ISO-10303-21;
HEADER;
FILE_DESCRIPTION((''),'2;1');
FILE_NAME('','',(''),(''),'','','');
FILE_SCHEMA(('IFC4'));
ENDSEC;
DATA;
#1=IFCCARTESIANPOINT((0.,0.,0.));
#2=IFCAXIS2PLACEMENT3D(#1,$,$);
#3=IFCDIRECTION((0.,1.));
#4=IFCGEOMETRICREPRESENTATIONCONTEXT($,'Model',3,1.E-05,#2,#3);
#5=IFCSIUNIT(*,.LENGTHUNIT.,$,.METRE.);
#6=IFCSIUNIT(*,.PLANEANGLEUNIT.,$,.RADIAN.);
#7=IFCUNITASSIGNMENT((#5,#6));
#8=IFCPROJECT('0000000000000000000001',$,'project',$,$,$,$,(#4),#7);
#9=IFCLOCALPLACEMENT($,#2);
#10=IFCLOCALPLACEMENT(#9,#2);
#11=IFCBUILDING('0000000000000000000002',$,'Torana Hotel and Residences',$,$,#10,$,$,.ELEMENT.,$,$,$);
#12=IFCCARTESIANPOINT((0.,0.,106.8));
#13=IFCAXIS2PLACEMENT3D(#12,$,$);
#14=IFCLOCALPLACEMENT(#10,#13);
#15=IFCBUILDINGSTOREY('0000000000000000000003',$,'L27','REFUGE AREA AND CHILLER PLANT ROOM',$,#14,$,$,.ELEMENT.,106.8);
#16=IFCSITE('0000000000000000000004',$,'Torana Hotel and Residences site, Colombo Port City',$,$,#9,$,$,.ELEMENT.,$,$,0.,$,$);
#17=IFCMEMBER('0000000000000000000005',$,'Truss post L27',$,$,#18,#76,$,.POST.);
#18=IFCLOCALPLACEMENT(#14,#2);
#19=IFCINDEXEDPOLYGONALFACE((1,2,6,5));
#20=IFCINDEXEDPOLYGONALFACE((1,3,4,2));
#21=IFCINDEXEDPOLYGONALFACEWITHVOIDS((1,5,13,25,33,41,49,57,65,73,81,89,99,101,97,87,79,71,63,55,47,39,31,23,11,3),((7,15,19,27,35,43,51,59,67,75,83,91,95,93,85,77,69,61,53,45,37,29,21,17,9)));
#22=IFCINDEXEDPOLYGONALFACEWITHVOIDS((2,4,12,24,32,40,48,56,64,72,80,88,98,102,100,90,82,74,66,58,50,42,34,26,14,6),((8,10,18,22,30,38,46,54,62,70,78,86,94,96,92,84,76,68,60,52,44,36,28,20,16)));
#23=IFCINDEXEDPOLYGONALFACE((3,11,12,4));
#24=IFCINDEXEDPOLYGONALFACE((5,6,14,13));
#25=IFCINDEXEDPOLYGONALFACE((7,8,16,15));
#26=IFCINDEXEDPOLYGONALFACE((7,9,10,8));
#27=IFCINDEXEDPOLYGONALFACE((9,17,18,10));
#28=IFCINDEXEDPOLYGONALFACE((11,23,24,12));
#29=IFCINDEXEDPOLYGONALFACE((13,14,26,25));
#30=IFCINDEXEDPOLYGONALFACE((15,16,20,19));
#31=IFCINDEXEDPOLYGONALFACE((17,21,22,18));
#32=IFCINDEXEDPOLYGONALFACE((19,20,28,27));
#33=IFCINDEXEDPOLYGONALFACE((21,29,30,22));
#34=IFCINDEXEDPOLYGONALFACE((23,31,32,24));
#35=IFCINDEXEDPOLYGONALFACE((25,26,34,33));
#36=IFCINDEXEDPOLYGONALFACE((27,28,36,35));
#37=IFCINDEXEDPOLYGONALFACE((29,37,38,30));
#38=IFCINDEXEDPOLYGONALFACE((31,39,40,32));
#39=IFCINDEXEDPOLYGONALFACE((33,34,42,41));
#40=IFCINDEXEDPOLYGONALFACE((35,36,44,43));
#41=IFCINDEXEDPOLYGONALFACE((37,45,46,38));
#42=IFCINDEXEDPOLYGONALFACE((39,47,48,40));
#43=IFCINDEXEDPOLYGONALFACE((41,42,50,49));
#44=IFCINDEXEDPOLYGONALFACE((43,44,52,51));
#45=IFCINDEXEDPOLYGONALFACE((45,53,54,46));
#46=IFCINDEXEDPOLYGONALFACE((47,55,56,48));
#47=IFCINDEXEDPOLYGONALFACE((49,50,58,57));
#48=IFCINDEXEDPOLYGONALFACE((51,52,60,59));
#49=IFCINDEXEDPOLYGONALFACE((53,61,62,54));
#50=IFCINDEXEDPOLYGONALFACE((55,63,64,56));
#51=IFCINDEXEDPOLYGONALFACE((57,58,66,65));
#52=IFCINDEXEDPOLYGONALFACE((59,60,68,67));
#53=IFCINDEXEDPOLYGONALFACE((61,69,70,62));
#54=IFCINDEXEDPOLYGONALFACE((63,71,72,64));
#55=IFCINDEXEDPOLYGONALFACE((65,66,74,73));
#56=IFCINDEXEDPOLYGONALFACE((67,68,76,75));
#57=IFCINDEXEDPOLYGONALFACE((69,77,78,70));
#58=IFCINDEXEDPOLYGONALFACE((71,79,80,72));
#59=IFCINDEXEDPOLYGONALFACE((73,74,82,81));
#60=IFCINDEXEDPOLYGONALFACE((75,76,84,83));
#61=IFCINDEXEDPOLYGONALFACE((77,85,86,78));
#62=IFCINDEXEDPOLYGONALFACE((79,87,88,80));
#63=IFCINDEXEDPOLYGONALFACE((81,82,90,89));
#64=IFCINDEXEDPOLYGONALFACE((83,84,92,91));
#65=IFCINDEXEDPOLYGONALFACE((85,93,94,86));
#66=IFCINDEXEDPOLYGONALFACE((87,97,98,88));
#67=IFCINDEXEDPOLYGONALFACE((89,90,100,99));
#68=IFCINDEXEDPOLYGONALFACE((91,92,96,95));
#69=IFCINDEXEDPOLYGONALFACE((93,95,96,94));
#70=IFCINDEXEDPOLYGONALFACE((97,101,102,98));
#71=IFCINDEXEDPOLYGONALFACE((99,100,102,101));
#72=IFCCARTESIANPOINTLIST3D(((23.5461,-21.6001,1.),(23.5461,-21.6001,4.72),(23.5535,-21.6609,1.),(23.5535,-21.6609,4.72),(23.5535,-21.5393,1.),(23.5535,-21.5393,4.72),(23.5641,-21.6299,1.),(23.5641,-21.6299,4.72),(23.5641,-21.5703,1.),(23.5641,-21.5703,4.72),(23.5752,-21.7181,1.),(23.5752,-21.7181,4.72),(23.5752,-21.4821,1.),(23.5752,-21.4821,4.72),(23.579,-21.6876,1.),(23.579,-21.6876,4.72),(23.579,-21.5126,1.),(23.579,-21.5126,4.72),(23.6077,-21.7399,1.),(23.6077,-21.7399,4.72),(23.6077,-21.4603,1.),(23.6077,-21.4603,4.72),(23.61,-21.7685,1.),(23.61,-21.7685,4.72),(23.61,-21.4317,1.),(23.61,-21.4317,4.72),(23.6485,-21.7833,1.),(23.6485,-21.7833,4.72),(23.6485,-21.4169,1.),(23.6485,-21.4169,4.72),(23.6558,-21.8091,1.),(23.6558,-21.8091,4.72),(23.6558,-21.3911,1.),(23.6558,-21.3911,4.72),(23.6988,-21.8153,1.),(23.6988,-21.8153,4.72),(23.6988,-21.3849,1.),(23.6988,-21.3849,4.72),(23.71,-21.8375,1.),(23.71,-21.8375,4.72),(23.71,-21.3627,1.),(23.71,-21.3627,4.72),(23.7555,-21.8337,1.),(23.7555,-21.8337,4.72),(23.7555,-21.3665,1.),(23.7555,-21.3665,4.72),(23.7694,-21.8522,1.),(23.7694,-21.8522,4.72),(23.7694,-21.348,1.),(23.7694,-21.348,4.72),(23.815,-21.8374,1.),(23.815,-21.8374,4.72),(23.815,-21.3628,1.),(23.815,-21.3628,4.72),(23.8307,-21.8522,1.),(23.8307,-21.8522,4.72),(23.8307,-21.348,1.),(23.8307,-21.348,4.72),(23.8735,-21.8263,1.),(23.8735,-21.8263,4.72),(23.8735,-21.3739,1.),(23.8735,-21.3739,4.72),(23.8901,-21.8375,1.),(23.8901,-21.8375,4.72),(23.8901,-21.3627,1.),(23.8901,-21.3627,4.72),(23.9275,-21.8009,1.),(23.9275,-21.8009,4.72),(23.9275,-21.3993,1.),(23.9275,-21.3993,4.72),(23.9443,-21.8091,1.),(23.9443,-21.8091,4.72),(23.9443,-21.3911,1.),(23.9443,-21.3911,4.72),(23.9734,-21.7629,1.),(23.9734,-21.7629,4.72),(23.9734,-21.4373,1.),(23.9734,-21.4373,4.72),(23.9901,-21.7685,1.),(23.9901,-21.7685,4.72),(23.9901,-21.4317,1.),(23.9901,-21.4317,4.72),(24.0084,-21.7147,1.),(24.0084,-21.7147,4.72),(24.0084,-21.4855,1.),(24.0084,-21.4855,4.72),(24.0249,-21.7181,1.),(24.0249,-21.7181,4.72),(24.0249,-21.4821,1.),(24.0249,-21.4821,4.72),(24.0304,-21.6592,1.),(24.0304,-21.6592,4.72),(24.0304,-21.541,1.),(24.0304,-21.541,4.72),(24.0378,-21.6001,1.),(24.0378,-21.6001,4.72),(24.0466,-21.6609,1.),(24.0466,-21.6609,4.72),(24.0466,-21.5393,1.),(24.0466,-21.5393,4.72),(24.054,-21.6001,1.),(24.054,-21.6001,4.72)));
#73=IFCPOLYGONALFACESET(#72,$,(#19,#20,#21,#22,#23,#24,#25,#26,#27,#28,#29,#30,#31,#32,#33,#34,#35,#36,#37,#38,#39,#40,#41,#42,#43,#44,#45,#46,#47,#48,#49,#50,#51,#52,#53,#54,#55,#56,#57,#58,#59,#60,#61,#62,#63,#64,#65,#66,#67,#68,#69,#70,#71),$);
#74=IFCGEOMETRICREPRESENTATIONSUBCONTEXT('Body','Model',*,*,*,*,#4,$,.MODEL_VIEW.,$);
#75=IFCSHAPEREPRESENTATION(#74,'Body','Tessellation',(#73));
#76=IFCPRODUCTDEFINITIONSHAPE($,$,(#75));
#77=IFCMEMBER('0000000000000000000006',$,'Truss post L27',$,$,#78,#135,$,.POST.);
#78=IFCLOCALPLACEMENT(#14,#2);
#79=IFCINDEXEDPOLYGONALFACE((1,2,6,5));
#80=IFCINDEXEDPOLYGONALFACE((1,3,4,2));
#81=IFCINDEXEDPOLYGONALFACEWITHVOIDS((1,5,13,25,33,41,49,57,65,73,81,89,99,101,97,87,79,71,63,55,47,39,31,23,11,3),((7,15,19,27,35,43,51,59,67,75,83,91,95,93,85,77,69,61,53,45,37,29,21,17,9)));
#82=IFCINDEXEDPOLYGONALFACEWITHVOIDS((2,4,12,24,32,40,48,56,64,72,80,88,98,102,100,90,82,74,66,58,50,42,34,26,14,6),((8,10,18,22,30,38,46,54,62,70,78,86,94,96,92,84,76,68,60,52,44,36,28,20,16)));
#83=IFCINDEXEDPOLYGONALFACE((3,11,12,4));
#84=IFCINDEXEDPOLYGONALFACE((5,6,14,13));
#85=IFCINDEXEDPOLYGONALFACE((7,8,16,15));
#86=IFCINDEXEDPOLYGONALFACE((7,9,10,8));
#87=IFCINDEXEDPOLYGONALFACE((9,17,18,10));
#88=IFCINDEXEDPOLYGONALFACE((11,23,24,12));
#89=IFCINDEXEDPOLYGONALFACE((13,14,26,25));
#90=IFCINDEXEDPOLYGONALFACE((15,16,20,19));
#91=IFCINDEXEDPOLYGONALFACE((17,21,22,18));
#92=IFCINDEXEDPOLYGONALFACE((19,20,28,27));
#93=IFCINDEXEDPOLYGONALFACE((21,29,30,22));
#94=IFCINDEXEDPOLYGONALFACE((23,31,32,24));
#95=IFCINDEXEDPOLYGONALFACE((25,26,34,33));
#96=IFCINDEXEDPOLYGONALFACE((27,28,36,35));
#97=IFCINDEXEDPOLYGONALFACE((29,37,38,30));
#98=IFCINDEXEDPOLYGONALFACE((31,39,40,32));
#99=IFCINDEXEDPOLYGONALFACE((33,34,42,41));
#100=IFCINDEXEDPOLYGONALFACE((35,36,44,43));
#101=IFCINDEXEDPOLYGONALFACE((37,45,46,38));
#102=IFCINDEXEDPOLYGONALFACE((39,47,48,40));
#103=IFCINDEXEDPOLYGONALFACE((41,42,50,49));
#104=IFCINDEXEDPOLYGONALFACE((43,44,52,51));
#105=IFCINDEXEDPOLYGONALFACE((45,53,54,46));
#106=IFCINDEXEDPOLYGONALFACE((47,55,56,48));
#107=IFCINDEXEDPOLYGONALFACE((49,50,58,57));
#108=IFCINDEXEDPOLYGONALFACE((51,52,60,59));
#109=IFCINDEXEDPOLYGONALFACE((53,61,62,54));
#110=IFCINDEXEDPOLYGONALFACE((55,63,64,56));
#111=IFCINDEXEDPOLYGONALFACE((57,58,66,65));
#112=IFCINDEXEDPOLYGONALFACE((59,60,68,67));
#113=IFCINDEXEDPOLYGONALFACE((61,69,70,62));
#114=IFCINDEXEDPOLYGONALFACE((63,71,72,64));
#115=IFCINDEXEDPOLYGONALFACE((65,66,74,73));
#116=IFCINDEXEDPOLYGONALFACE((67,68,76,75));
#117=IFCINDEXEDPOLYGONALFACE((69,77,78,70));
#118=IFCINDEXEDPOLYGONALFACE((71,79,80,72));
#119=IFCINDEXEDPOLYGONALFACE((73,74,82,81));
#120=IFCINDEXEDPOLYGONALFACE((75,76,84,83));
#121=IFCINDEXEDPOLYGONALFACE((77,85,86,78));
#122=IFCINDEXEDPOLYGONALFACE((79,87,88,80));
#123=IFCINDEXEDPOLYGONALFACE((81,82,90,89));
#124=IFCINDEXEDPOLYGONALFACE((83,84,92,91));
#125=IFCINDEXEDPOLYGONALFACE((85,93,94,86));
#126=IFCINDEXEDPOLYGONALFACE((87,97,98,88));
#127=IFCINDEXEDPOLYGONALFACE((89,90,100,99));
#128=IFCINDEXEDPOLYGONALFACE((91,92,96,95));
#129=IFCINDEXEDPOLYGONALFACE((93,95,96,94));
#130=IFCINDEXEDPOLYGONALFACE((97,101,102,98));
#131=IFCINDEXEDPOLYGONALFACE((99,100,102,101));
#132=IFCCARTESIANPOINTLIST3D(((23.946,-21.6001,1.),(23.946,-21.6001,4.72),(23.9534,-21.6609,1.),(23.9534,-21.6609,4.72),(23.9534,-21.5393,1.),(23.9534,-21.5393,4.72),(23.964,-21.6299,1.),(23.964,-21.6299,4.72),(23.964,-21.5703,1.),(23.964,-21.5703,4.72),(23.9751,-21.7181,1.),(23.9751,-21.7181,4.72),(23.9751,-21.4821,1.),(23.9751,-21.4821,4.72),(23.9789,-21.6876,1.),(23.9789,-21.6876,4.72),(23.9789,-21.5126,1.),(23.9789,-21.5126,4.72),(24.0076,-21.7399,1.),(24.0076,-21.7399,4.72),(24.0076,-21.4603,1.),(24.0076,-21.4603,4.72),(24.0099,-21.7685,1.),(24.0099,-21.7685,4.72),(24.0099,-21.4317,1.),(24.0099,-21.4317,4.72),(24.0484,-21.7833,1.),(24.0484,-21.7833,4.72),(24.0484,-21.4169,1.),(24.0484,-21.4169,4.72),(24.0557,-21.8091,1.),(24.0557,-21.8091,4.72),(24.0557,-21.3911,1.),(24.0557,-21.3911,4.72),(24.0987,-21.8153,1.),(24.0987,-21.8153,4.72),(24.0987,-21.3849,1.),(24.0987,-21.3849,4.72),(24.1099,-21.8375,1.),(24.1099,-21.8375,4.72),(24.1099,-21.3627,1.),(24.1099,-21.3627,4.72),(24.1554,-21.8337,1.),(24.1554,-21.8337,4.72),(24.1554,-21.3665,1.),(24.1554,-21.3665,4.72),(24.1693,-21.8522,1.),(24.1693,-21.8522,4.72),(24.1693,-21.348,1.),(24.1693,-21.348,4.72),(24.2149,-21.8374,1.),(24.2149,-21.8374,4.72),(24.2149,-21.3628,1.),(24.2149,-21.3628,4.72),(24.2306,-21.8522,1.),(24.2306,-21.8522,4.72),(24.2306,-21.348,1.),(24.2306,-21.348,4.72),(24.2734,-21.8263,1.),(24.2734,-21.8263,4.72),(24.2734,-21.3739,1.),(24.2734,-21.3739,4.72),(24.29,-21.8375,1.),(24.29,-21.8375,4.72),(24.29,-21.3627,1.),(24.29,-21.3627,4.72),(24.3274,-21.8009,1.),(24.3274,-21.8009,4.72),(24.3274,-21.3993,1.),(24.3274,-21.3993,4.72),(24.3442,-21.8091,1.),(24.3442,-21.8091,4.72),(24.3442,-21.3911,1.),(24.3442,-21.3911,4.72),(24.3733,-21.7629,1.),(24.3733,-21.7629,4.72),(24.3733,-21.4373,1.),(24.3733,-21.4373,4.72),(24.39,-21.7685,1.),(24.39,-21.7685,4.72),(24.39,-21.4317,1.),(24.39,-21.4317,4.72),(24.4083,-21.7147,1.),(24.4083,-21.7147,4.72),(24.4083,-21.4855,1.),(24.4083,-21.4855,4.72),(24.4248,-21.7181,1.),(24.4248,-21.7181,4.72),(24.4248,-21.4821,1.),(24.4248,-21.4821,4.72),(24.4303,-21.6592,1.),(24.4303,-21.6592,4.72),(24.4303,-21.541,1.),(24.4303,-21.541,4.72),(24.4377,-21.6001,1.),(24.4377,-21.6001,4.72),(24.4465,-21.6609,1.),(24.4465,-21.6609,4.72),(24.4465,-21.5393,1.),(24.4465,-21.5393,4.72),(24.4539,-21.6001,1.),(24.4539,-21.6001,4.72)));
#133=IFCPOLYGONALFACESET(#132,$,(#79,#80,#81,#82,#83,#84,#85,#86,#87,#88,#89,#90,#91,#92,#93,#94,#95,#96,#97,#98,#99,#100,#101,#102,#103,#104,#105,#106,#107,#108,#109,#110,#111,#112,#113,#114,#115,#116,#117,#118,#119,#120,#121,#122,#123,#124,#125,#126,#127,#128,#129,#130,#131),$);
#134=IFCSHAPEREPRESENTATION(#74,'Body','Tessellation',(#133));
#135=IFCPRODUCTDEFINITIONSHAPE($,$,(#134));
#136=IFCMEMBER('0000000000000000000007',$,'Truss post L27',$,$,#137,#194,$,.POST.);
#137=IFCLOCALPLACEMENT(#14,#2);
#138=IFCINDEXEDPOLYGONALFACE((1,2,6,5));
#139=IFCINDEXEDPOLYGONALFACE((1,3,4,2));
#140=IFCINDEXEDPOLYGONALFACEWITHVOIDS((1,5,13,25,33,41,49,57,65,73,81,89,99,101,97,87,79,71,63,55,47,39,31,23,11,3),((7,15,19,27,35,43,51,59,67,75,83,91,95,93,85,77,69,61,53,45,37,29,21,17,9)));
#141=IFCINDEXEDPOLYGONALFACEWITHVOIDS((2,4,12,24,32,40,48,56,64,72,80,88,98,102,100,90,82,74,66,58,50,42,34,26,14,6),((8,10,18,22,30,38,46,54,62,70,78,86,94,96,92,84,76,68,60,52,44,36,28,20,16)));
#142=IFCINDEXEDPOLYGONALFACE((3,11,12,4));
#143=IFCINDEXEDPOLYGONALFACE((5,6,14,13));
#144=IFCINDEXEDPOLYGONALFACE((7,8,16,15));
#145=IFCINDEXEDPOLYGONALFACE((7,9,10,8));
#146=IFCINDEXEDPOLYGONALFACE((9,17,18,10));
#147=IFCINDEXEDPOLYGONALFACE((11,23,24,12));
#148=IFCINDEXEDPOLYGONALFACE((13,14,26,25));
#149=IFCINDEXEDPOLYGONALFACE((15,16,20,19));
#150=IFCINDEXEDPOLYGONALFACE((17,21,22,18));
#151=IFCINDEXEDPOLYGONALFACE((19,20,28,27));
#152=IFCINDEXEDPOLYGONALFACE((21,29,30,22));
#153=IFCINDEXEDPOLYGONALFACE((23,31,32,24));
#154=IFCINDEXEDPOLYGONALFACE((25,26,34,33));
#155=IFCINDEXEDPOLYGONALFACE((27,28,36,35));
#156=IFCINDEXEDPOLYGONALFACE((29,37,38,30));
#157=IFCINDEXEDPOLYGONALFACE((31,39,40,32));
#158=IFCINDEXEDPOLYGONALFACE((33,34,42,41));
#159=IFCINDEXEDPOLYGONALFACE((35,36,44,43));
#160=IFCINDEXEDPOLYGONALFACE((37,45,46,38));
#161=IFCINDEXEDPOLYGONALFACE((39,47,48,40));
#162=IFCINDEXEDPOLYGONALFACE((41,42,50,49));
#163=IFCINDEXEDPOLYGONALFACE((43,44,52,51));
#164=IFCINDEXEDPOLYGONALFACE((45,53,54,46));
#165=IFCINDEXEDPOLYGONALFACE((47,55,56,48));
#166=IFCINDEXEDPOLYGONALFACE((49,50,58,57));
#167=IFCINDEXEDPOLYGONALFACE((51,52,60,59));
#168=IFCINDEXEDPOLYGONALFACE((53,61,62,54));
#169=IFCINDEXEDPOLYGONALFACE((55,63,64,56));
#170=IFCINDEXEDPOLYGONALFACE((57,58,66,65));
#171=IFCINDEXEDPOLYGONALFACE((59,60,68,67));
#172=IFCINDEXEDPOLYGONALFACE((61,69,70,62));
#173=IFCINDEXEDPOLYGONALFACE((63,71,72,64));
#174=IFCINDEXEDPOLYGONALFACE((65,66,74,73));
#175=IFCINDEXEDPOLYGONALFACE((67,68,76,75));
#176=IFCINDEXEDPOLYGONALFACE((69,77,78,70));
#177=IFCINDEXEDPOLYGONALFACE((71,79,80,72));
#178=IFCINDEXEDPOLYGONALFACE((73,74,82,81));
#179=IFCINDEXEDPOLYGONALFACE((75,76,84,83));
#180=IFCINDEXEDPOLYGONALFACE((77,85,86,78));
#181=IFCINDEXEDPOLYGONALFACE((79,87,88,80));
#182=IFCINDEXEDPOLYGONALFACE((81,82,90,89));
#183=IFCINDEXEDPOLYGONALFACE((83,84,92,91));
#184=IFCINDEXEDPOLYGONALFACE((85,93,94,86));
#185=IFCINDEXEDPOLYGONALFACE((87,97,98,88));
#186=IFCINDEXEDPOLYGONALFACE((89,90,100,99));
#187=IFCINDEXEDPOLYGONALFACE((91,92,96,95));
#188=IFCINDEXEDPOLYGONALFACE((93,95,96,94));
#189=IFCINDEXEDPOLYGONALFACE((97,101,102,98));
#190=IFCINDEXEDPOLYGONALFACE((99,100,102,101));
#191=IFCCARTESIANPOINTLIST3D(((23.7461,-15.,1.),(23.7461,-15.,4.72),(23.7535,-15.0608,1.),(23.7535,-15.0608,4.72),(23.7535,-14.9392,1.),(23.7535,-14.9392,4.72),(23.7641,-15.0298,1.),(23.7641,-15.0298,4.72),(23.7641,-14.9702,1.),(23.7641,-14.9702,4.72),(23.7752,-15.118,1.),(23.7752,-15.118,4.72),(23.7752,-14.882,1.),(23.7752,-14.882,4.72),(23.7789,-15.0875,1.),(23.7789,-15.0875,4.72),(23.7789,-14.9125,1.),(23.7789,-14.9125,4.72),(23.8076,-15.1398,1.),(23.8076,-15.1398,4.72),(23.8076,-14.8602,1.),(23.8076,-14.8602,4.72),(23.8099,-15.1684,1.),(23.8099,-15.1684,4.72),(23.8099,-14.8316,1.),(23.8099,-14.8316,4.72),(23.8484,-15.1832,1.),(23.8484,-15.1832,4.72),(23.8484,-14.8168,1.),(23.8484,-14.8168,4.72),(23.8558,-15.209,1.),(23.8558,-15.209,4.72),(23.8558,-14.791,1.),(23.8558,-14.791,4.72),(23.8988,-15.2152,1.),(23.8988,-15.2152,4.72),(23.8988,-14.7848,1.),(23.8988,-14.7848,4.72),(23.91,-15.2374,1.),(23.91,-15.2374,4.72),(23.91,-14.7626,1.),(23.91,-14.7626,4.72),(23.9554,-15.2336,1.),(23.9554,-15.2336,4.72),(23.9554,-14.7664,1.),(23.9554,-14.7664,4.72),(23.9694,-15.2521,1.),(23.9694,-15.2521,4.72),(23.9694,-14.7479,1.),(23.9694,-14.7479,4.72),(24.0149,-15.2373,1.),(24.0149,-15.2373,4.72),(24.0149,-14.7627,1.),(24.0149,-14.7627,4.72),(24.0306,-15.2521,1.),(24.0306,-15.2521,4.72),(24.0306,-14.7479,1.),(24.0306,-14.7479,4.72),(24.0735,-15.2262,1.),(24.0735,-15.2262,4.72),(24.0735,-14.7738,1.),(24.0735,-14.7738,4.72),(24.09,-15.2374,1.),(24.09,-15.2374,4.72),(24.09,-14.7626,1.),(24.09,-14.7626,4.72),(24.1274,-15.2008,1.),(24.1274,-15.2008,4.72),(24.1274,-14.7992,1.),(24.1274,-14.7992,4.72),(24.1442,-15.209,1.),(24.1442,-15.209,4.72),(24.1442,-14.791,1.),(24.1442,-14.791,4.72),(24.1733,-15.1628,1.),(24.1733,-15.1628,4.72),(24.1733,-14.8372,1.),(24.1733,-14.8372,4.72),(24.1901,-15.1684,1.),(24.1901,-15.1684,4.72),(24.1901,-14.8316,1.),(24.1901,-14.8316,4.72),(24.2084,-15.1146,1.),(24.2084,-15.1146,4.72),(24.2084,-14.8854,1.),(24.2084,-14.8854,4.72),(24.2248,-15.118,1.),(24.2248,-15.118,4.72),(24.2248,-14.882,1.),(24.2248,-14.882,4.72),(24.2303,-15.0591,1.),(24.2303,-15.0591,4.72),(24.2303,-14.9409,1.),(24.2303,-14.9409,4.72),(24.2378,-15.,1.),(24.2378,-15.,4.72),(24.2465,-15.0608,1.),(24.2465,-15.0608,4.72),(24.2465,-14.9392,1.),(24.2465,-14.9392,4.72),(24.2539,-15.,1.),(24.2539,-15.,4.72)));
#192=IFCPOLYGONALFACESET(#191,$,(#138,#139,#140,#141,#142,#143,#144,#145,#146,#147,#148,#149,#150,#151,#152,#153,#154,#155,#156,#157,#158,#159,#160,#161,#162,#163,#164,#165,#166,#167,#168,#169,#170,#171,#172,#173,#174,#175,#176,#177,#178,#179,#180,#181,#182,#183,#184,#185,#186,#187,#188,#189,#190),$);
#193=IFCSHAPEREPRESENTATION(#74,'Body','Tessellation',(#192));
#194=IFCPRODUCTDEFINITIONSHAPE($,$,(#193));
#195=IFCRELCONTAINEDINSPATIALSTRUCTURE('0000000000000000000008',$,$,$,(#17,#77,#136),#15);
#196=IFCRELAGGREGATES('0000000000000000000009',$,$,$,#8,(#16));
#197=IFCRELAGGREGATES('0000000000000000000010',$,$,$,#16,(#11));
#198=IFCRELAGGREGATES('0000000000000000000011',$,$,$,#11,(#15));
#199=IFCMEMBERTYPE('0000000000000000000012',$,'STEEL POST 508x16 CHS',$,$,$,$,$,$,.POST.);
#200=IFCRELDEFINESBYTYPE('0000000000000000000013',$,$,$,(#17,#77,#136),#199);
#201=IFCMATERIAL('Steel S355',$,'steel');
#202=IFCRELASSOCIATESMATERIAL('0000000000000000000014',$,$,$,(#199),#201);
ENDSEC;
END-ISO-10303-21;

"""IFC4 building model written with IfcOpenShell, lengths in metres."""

from ifc_helpers import new_model, si_unit, direction, frame, origin, origin_2d, place, context, subcontext, project, spatial, hollow_circle, extrude, material, material_profile, profile_set, type_object, element, save


model = new_model("IFC4")

# Units and contexts
model_context = context("Model", 3, precision=1e-05, world=origin(), true_north=direction((0.0, 1.0)))
body_context = subcontext(model_context, "Body", "Model", "MODEL_VIEW")
ifc_project = project(units=[si_unit("LENGTHUNIT", "METRE"), si_unit("PLANEANGLEUNIT", "RADIAN")], contexts=[model_context])

# Site, building, storey
site_placement = place(None, origin())
site = spatial("IfcSite", under=ifc_project, at=site_placement, Name="Torana Hotel and Residences site, Colombo Port City", CompositionType="ELEMENT", RefElevation=0.0)
building_placement = place(site_placement, origin())
building = spatial("IfcBuilding", under=site, at=building_placement, Name="Torana Hotel and Residences", CompositionType="ELEMENT")
storey_placement = place(building_placement, frame((0.0, 0.0, 106.8)))
storey = spatial("IfcBuildingStorey", under=building, at=storey_placement, Name="L27", Description="REFUGE AREA AND CHILLER PLANT ROOM", CompositionType="ELEMENT", Elevation=106.8)

# Members
ifc_material_1 = material(Name="Steel S355", Category="steel")
ifc_material_profile_1 = material_profile(ifc_material_1, hollow_circle(Radius=0.2539, WallThickness=0.0161, at=origin_2d()), Name="508x16 CHS")
ifc_profile_set_1 = profile_set([ifc_material_profile_1], Name="Steel S355")
member_type_1 = type_object("IfcMemberType", Name="STEEL POST 508x16 CHS", PredefinedType="POST", material=ifc_profile_set_1)
for number, where, z_axis, x_axis, name in (
    (1, (23.8, -21.6001, 1.0), (0.0, 0.0, 1.0), (1.0, 0.0, 0.0), "Truss post L27"),
    (2, (24.2, -21.6001, 1.0), (0.0, 0.0, 1.0), (1.0, 0.0, 0.0), "Truss post L27"),
    (3, (24.0, -15.0, 1.0), (0.0, 0.0, 1.0), (1.0, 0.0, 0.0), "Truss post L27"),
):
    element("IfcMember", number, at=place(storey_placement, frame(where, z_axis=z_axis, x_axis=x_axis)), inside=storey, type_object=member_type_1, Name=name, PredefinedType="POST", context=body_context, shape_type="SweptSolid", body=[
        extrude(hollow_circle(Radius=0.2539, WallThickness=0.0161, at=origin_2d()), origin(), (0.0, 0.0, 1.0), 3.72),
    ])

save(model, "model.ifc")
